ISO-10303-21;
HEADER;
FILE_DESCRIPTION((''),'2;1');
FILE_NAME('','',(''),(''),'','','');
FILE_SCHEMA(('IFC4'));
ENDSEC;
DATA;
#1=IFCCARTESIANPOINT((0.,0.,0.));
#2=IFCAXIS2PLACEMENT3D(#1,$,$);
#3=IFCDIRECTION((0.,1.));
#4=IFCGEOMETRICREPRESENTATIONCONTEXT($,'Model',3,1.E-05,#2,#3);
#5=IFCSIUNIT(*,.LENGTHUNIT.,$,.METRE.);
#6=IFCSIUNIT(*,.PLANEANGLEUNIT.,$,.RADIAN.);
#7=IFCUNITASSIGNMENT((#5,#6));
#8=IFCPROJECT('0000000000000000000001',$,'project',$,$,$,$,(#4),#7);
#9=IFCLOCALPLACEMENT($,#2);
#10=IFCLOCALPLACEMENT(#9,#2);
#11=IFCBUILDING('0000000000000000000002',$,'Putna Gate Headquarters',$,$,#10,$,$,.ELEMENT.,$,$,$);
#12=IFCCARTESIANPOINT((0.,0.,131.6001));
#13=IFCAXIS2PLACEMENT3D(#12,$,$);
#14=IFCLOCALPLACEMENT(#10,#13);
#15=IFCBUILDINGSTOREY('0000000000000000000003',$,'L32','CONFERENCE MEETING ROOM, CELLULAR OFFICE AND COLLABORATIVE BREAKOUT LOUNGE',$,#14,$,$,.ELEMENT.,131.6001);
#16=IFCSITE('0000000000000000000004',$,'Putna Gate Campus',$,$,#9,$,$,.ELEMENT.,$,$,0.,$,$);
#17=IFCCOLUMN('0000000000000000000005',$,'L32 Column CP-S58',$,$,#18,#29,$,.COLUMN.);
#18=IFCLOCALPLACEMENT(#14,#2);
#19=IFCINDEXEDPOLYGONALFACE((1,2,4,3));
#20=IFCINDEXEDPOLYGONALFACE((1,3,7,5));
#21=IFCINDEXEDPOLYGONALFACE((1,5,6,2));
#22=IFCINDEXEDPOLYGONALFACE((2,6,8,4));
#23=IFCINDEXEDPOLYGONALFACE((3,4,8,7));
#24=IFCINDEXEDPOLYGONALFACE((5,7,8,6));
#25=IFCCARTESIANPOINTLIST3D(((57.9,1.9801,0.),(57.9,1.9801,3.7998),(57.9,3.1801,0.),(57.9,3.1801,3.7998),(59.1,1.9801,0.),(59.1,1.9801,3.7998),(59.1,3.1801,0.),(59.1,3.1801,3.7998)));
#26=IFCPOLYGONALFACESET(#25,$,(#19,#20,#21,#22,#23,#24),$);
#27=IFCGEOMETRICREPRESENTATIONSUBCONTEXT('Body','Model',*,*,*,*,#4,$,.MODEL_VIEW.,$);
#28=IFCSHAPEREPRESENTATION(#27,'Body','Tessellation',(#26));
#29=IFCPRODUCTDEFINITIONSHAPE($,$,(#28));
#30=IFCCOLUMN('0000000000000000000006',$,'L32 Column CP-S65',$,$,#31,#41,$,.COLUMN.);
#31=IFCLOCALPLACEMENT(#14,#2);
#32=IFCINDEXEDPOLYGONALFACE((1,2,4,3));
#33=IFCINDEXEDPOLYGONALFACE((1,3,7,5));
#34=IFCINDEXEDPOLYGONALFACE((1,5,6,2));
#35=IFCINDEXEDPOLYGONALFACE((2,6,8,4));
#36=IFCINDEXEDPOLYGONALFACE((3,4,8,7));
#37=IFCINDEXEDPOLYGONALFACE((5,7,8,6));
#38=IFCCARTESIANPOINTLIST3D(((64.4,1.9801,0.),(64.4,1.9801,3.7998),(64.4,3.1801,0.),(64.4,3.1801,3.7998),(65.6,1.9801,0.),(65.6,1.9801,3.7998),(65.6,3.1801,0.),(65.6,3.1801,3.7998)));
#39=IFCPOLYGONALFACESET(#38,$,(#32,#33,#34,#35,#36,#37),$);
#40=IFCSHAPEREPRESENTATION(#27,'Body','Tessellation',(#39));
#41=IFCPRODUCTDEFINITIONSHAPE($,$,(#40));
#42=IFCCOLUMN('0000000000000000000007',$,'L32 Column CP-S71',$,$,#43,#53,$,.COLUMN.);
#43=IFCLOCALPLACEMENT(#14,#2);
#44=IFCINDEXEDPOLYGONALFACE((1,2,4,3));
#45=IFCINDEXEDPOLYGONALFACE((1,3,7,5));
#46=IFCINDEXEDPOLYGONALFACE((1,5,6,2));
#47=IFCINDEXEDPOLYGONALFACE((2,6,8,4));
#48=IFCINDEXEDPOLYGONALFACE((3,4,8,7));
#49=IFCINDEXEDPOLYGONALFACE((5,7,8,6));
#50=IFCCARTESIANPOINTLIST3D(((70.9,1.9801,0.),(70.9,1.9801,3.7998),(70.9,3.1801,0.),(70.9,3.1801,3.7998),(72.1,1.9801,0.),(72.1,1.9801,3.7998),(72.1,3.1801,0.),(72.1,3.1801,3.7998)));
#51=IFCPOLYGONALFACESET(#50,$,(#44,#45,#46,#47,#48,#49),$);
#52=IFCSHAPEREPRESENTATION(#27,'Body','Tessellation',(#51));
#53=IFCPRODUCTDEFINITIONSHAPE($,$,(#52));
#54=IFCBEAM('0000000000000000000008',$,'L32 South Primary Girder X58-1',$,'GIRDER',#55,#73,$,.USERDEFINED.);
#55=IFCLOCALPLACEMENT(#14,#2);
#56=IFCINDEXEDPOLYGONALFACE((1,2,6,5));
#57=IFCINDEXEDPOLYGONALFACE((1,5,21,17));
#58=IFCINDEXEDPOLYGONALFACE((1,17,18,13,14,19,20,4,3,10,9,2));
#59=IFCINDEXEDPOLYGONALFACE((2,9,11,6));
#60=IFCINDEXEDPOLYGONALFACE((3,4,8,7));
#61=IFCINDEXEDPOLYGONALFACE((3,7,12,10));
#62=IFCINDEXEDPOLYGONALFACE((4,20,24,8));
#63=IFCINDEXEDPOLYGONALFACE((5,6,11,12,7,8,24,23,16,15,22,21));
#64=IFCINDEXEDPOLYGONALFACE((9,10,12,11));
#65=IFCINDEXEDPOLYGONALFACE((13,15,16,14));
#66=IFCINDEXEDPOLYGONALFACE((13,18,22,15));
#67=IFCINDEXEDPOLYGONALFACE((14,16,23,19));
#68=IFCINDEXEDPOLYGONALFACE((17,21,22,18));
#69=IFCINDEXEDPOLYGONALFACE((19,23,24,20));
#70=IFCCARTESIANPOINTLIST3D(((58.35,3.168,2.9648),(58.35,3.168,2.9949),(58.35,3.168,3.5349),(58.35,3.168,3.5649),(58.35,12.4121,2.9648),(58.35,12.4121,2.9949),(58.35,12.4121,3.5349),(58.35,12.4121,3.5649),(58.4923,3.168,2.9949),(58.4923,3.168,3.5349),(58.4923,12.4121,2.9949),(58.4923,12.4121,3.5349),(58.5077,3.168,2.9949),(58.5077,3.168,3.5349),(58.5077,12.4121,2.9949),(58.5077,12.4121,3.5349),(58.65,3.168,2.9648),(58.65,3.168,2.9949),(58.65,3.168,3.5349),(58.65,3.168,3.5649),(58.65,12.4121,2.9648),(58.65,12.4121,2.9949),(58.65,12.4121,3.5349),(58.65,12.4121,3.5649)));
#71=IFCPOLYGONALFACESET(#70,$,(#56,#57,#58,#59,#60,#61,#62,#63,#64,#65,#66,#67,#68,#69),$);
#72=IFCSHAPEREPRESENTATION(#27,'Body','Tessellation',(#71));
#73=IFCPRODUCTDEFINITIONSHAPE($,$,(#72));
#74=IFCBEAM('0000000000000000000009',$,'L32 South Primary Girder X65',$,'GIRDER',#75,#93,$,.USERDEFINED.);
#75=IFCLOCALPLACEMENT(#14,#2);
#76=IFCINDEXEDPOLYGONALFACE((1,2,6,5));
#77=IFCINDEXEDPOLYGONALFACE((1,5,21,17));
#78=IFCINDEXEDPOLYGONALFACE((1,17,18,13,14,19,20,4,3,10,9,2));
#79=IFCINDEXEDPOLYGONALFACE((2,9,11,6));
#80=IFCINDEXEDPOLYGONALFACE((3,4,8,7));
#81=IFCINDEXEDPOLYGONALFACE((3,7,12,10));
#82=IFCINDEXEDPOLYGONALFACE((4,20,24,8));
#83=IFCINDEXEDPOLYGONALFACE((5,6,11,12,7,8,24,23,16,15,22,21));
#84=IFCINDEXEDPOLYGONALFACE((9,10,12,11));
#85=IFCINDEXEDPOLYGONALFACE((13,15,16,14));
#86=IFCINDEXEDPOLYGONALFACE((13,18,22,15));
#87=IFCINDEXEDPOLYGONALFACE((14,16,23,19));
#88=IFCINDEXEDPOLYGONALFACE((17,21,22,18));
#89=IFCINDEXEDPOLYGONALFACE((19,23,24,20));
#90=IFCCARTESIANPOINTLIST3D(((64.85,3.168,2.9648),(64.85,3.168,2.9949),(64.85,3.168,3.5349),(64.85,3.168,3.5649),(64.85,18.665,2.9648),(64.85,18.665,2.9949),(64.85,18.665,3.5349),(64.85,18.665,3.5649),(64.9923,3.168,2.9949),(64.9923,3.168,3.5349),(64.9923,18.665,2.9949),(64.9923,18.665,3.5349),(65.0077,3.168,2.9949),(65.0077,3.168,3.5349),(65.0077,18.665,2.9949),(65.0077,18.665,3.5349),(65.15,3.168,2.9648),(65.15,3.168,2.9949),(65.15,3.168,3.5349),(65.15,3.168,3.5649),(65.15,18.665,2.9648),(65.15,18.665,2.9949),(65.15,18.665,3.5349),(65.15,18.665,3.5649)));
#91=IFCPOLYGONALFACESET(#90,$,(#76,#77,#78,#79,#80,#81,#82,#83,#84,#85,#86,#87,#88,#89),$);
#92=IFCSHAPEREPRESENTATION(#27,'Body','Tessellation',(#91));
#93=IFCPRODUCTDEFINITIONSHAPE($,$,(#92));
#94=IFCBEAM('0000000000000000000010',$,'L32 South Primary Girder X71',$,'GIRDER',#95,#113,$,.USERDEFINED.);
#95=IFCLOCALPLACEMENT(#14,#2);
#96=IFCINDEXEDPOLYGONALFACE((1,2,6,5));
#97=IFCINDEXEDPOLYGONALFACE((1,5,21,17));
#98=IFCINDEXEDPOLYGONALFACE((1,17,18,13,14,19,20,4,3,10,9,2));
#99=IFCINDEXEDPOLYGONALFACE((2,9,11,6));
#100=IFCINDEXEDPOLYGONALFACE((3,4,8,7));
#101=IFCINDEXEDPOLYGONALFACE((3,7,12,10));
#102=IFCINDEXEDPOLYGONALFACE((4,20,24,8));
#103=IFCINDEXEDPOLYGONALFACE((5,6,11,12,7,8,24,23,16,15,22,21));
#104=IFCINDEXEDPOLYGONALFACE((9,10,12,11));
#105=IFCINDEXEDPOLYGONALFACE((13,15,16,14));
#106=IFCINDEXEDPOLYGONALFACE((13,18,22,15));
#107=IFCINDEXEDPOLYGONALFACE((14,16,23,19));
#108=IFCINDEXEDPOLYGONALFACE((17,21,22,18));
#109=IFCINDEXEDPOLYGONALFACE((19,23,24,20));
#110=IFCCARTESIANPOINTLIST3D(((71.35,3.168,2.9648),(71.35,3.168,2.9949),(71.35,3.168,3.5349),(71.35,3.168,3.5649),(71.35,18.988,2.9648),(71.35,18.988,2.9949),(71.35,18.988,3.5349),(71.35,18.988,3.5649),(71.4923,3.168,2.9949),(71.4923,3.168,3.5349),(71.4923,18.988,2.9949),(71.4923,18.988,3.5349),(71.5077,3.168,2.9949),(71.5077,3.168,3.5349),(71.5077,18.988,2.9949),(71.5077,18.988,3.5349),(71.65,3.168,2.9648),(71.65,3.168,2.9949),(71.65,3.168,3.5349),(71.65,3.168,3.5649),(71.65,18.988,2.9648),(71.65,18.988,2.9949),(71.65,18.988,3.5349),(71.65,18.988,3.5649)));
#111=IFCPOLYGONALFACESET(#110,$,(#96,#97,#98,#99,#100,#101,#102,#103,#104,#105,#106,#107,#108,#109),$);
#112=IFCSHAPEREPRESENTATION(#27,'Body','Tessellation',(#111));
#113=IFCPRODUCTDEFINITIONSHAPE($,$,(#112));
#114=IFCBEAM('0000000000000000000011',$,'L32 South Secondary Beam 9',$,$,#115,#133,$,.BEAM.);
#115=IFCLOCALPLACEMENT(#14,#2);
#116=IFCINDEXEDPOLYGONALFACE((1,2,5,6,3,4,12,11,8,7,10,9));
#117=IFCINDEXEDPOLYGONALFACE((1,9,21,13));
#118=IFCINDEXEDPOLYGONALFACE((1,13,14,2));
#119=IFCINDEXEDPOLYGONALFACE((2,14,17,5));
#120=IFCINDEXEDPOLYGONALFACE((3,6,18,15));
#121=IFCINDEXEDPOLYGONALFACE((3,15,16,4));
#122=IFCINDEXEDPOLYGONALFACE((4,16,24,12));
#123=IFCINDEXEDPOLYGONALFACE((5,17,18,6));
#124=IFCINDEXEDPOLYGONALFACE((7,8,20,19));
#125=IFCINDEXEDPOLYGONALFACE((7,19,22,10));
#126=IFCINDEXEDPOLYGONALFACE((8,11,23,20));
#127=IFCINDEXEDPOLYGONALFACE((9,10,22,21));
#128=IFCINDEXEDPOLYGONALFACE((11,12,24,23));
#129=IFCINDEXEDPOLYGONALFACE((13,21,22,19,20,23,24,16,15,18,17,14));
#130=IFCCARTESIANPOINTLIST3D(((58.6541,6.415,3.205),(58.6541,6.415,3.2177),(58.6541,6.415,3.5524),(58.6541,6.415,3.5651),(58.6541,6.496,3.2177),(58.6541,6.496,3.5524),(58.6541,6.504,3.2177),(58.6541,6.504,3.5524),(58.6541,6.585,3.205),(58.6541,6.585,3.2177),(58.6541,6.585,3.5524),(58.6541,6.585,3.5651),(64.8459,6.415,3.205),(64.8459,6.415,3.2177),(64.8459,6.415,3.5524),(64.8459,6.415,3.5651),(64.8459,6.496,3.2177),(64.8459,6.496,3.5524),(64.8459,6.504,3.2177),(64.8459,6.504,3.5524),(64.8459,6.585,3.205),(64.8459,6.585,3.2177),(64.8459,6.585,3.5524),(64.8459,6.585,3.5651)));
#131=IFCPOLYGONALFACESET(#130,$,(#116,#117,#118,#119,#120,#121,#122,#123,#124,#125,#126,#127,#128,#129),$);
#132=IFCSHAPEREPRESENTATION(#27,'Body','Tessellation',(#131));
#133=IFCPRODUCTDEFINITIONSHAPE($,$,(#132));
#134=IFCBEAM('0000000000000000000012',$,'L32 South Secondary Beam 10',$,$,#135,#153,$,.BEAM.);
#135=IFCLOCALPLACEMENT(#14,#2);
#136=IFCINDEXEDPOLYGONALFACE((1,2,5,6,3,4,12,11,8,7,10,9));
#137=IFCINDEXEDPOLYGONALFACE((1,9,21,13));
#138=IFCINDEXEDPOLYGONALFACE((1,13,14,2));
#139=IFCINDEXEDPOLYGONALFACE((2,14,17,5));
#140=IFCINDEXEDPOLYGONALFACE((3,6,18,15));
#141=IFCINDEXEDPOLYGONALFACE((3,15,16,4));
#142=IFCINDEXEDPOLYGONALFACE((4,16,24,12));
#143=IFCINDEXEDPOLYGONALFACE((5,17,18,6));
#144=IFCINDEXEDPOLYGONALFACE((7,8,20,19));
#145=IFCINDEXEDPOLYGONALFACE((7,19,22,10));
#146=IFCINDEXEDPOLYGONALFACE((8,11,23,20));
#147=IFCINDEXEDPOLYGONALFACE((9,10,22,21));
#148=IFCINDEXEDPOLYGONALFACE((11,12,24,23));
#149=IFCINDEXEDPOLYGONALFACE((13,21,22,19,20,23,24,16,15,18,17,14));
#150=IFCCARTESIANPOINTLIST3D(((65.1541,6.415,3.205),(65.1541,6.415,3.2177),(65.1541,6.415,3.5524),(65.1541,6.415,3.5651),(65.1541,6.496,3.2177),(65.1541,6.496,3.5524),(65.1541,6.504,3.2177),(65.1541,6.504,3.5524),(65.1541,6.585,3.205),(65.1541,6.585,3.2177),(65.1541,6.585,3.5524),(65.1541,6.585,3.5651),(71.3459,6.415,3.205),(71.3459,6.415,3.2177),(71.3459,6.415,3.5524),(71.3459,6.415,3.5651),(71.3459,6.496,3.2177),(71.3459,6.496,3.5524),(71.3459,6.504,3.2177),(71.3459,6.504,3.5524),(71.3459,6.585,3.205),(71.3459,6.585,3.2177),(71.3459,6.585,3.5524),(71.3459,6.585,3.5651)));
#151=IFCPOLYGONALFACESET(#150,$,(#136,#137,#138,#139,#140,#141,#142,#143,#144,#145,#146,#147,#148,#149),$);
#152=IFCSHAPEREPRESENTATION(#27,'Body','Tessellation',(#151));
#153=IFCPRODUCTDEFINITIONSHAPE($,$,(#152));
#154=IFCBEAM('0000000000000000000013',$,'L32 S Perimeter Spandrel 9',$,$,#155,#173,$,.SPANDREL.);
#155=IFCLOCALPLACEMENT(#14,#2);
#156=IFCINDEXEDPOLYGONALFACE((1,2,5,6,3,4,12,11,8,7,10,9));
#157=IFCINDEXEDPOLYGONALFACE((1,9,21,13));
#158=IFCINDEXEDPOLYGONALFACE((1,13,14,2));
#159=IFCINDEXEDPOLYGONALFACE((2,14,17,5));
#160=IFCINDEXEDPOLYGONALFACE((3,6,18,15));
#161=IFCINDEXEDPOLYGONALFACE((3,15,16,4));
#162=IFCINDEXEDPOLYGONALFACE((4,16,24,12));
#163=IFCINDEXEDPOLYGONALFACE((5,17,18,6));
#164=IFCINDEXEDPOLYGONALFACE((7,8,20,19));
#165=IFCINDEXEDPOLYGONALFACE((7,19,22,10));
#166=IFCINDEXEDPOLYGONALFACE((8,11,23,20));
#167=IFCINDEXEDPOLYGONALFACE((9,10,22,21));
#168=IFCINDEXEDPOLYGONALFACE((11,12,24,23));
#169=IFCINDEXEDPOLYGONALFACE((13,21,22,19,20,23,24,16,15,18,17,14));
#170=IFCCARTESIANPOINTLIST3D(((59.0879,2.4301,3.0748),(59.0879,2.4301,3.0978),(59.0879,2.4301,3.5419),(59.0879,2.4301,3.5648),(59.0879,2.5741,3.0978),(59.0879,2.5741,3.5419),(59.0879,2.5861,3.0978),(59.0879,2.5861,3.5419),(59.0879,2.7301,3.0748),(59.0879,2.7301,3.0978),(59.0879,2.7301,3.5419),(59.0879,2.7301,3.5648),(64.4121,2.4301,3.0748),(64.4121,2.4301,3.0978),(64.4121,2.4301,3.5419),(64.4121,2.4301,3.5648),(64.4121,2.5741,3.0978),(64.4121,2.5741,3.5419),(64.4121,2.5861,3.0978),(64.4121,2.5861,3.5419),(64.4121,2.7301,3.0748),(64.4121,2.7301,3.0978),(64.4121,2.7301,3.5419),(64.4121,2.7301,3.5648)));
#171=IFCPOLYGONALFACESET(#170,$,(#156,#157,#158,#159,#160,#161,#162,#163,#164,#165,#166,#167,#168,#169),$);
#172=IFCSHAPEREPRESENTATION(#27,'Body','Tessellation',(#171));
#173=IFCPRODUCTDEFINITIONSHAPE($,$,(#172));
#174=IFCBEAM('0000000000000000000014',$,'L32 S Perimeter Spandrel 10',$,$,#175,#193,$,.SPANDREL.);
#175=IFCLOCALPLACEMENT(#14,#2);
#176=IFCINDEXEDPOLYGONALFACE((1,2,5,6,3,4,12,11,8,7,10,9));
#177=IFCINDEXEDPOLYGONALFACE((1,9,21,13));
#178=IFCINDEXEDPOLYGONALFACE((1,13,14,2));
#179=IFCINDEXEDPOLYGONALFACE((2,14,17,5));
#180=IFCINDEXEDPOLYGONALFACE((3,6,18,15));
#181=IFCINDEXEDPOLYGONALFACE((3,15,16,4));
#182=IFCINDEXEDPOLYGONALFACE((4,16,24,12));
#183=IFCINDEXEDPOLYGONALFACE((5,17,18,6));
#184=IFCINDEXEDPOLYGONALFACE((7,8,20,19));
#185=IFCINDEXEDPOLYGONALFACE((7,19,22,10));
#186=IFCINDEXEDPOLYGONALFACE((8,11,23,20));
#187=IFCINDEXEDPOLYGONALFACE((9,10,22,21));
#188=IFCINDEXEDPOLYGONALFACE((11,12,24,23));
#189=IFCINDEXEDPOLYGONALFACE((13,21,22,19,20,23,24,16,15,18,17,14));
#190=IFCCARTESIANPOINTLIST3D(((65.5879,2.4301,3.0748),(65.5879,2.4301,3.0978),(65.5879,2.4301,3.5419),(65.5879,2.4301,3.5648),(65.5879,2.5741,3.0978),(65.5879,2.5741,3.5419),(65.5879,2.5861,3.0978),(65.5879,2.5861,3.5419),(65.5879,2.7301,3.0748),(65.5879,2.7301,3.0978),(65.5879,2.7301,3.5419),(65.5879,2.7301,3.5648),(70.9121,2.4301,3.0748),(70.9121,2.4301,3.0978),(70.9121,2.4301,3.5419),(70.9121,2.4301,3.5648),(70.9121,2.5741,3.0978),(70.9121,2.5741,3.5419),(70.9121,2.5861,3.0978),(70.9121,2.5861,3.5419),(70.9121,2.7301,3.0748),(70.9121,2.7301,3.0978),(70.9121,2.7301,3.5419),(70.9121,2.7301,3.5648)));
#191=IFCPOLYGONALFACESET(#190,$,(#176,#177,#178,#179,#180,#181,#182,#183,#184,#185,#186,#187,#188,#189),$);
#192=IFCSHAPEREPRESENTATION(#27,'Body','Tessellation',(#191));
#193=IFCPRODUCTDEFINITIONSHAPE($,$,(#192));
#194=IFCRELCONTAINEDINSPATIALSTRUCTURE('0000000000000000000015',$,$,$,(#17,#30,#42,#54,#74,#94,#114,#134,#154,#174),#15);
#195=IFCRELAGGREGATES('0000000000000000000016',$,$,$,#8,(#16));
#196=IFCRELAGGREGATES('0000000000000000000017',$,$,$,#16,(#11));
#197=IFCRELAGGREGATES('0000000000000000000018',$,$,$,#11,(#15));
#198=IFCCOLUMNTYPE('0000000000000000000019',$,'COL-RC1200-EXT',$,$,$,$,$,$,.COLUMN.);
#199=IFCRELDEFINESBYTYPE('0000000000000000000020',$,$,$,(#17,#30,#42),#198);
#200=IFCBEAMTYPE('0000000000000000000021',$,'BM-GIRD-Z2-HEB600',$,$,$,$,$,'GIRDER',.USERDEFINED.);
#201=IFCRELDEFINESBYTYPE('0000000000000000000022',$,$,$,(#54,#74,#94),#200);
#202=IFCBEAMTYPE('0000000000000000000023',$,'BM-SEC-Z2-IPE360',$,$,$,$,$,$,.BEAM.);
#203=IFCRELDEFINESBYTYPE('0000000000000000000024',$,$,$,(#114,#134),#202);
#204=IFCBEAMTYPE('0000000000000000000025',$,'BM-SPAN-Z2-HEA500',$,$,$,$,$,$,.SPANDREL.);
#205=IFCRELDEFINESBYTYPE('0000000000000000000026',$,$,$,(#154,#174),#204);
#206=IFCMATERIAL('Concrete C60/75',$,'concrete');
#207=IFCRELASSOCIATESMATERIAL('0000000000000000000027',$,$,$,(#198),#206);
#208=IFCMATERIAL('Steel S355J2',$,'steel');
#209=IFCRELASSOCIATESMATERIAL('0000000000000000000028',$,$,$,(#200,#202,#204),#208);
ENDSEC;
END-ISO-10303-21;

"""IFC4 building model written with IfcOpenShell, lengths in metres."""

from ifc_helpers import new_model, si_unit, direction, frame, origin, origin_2d, place, context, subcontext, project, spatial, rectangle, i_section, extrude, material, material_profile, profile_set, type_object, element, save


model = new_model("IFC4")

# Units and contexts
model_context = context("Model", 3, precision=1e-05, world=origin(), true_north=direction((0.0, 1.0)))
body_context = subcontext(model_context, "Body", "Model", "MODEL_VIEW")
ifc_project = project(units=[si_unit("LENGTHUNIT", "METRE"), si_unit("PLANEANGLEUNIT", "RADIAN")], contexts=[model_context])

# Site, building, storey
site_placement = place(None, origin())
site = spatial("IfcSite", under=ifc_project, at=site_placement, Name="Putna Gate Campus", CompositionType="ELEMENT", RefElevation=0.0)
building_placement = place(site_placement, origin())
building = spatial("IfcBuilding", under=site, at=building_placement, Name="Putna Gate Headquarters", CompositionType="ELEMENT")
storey_placement = place(building_placement, frame((0.0, 0.0, 131.6001)))
storey = spatial("IfcBuildingStorey", under=building, at=storey_placement, Name="L32", Description="CONFERENCE MEETING ROOM, CELLULAR OFFICE AND COLLABORATIVE BREAKOUT LOUNGE", CompositionType="ELEMENT", Elevation=131.6001)

# Columns
ifc_material_1 = material(Name="Concrete C60/75", Category="concrete")
ifc_material_profile_1 = material_profile(ifc_material_1, rectangle(XDim=1.2, YDim=1.2, at=origin_2d()), Name="Concrete C60/75")
ifc_profile_set_1 = profile_set([ifc_material_profile_1], Name="Concrete C60/75")
column_type = type_object("IfcColumnType", Name="COL-RC1200-EXT", PredefinedType="COLUMN", material=ifc_profile_set_1)
for number, where, z_axis, x_axis, name in (
    (1, (58.5, 2.5801, 0.0), (0.0, 0.0, 1.0), (1.0, 0.0, 0.0), "L32 Column CP-S58"),
    (2, (65.0, 2.5801, 0.0), (0.0, 0.0, 1.0), (1.0, 0.0, 0.0), "L32 Column CP-S65"),
    (3, (71.5, 2.5801, 0.0), (0.0, 0.0, 1.0), (1.0, 0.0, 0.0), "L32 Column CP-S71"),
):
    element("IfcColumn", number, at=place(storey_placement, frame(where, z_axis=z_axis, x_axis=x_axis)), inside=storey, type_object=column_type, Name=name, PredefinedType="COLUMN", context=body_context, shape_type="SweptSolid", body=[
        extrude(rectangle(XDim=1.2, YDim=1.2, at=origin_2d()), origin(), (0.0, 0.0, 1.0), 3.7998),
    ])

# Beams
ifc_material_2 = material(Name="Steel S355J2", Category="steel")
ifc_material_profile_2 = material_profile(ifc_material_2, i_section(OverallWidth=0.3, OverallDepth=0.6001, WebThickness=0.0154, FlangeThickness=0.03, at=origin_2d()), Name="Steel S355J2")
ifc_profile_set_2 = profile_set([ifc_material_profile_2], Name="Steel S355J2")
beam_type_1 = type_object("IfcBeamType", Name="BM-GIRD-Z2-HEB600", ElementType="GIRDER", PredefinedType="USERDEFINED", material=ifc_profile_set_2)
beam_1_placement = place(storey_placement, frame((58.5, 3.168, 3.2649), z_axis=(0.0, 1.0, 0.0), x_axis=(-1.0, 0.0, 0.0)))
element("IfcBeam", 4, at=beam_1_placement, inside=storey, type_object=beam_type_1, Name="L32 South Primary Girder X58-1", ObjectType="GIRDER", PredefinedType="USERDEFINED", context=body_context, shape_type="SweptSolid", body=[
    extrude(i_section(OverallWidth=0.3, OverallDepth=0.6001, WebThickness=0.0154, FlangeThickness=0.03, at=origin_2d()), origin(), (0.0, 0.0, 1.0), 9.2441),
])
beam_2_placement = place(storey_placement, frame((65.0, 3.168, 3.2649), z_axis=(0.0, 1.0, 0.0), x_axis=(-1.0, 0.0, 0.0)))
element("IfcBeam", 5, at=beam_2_placement, inside=storey, type_object=beam_type_1, Name="L32 South Primary Girder X65", ObjectType="GIRDER", PredefinedType="USERDEFINED", context=body_context, shape_type="SweptSolid", body=[
    extrude(i_section(OverallWidth=0.3, OverallDepth=0.6001, WebThickness=0.0154, FlangeThickness=0.03, at=origin_2d()), origin(), (0.0, 0.0, 1.0), 15.4971),
])
beam_3_placement = place(storey_placement, frame((71.5, 3.168, 3.2649), z_axis=(0.0, 1.0, 0.0), x_axis=(-1.0, 0.0, 0.0)))
element("IfcBeam", 6, at=beam_3_placement, inside=storey, type_object=beam_type_1, Name="L32 South Primary Girder X71", ObjectType="GIRDER", PredefinedType="USERDEFINED", context=body_context, shape_type="SweptSolid", body=[
    extrude(i_section(OverallWidth=0.3, OverallDepth=0.6001, WebThickness=0.0154, FlangeThickness=0.03, at=origin_2d()), origin(), (0.0, 0.0, 1.0), 15.8201),
])
ifc_material_profile_3 = material_profile(ifc_material_2, i_section(OverallWidth=0.1699, OverallDepth=0.3601, WebThickness=0.0081, FlangeThickness=0.0127, at=origin_2d()), Name="Steel S355J2")
ifc_profile_set_3 = profile_set([ifc_material_profile_3], Name="Steel S355J2")
beam_type_2 = type_object("IfcBeamType", Name="BM-SEC-Z2-IPE360", PredefinedType="BEAM", material=ifc_profile_set_3)
for number, where, z_axis, x_axis, name in (
    (7, (58.6541, 6.5, 3.385), (1.0, 0.0, 0.0), (0.0, 1.0, 0.0), "L32 South Secondary Beam 9"),
    (8, (65.1541, 6.5, 3.385), (1.0, 0.0, 0.0), (0.0, 1.0, 0.0), "L32 South Secondary Beam 10"),
):
    element("IfcBeam", number, at=place(storey_placement, frame(where, z_axis=z_axis, x_axis=x_axis)), inside=storey, type_object=beam_type_2, Name=name, PredefinedType="BEAM", context=body_context, shape_type="SweptSolid", body=[
        extrude(i_section(OverallWidth=0.1699, OverallDepth=0.3601, WebThickness=0.0081, FlangeThickness=0.0127, at=origin_2d()), origin(), (0.0, 0.0, 1.0), 6.1919),
    ])
ifc_material_profile_4 = material_profile(ifc_material_2, i_section(OverallWidth=0.3, OverallDepth=0.49, WebThickness=0.012, FlangeThickness=0.0229, at=origin_2d()), Name="Steel S355J2")
ifc_profile_set_4 = profile_set([ifc_material_profile_4], Name="Steel S355J2")
beam_type_3 = type_object("IfcBeamType", Name="BM-SPAN-Z2-HEA500", PredefinedType="SPANDREL", material=ifc_profile_set_4)
for number, where, z_axis, x_axis, name in (
    (9, (59.0879, 2.5801, 3.3198), (1.0, 0.0, 0.0), (0.0, 1.0, 0.0), "L32 S Perimeter Spandrel 9"),
    (10, (65.5879, 2.5801, 3.3198), (1.0, 0.0, 0.0), (0.0, 1.0, 0.0), "L32 S Perimeter Spandrel 10"),
):
    element("IfcBeam", number, at=place(storey_placement, frame(where, z_axis=z_axis, x_axis=x_axis)), inside=storey, type_object=beam_type_3, Name=name, PredefinedType="SPANDREL", context=body_context, shape_type="SweptSolid", body=[
        extrude(i_section(OverallWidth=0.3, OverallDepth=0.49, WebThickness=0.012, FlangeThickness=0.0229, at=origin_2d()), origin(), (0.0, 0.0, 1.0), 5.3242),
    ])

save(model, "model.ifc")
